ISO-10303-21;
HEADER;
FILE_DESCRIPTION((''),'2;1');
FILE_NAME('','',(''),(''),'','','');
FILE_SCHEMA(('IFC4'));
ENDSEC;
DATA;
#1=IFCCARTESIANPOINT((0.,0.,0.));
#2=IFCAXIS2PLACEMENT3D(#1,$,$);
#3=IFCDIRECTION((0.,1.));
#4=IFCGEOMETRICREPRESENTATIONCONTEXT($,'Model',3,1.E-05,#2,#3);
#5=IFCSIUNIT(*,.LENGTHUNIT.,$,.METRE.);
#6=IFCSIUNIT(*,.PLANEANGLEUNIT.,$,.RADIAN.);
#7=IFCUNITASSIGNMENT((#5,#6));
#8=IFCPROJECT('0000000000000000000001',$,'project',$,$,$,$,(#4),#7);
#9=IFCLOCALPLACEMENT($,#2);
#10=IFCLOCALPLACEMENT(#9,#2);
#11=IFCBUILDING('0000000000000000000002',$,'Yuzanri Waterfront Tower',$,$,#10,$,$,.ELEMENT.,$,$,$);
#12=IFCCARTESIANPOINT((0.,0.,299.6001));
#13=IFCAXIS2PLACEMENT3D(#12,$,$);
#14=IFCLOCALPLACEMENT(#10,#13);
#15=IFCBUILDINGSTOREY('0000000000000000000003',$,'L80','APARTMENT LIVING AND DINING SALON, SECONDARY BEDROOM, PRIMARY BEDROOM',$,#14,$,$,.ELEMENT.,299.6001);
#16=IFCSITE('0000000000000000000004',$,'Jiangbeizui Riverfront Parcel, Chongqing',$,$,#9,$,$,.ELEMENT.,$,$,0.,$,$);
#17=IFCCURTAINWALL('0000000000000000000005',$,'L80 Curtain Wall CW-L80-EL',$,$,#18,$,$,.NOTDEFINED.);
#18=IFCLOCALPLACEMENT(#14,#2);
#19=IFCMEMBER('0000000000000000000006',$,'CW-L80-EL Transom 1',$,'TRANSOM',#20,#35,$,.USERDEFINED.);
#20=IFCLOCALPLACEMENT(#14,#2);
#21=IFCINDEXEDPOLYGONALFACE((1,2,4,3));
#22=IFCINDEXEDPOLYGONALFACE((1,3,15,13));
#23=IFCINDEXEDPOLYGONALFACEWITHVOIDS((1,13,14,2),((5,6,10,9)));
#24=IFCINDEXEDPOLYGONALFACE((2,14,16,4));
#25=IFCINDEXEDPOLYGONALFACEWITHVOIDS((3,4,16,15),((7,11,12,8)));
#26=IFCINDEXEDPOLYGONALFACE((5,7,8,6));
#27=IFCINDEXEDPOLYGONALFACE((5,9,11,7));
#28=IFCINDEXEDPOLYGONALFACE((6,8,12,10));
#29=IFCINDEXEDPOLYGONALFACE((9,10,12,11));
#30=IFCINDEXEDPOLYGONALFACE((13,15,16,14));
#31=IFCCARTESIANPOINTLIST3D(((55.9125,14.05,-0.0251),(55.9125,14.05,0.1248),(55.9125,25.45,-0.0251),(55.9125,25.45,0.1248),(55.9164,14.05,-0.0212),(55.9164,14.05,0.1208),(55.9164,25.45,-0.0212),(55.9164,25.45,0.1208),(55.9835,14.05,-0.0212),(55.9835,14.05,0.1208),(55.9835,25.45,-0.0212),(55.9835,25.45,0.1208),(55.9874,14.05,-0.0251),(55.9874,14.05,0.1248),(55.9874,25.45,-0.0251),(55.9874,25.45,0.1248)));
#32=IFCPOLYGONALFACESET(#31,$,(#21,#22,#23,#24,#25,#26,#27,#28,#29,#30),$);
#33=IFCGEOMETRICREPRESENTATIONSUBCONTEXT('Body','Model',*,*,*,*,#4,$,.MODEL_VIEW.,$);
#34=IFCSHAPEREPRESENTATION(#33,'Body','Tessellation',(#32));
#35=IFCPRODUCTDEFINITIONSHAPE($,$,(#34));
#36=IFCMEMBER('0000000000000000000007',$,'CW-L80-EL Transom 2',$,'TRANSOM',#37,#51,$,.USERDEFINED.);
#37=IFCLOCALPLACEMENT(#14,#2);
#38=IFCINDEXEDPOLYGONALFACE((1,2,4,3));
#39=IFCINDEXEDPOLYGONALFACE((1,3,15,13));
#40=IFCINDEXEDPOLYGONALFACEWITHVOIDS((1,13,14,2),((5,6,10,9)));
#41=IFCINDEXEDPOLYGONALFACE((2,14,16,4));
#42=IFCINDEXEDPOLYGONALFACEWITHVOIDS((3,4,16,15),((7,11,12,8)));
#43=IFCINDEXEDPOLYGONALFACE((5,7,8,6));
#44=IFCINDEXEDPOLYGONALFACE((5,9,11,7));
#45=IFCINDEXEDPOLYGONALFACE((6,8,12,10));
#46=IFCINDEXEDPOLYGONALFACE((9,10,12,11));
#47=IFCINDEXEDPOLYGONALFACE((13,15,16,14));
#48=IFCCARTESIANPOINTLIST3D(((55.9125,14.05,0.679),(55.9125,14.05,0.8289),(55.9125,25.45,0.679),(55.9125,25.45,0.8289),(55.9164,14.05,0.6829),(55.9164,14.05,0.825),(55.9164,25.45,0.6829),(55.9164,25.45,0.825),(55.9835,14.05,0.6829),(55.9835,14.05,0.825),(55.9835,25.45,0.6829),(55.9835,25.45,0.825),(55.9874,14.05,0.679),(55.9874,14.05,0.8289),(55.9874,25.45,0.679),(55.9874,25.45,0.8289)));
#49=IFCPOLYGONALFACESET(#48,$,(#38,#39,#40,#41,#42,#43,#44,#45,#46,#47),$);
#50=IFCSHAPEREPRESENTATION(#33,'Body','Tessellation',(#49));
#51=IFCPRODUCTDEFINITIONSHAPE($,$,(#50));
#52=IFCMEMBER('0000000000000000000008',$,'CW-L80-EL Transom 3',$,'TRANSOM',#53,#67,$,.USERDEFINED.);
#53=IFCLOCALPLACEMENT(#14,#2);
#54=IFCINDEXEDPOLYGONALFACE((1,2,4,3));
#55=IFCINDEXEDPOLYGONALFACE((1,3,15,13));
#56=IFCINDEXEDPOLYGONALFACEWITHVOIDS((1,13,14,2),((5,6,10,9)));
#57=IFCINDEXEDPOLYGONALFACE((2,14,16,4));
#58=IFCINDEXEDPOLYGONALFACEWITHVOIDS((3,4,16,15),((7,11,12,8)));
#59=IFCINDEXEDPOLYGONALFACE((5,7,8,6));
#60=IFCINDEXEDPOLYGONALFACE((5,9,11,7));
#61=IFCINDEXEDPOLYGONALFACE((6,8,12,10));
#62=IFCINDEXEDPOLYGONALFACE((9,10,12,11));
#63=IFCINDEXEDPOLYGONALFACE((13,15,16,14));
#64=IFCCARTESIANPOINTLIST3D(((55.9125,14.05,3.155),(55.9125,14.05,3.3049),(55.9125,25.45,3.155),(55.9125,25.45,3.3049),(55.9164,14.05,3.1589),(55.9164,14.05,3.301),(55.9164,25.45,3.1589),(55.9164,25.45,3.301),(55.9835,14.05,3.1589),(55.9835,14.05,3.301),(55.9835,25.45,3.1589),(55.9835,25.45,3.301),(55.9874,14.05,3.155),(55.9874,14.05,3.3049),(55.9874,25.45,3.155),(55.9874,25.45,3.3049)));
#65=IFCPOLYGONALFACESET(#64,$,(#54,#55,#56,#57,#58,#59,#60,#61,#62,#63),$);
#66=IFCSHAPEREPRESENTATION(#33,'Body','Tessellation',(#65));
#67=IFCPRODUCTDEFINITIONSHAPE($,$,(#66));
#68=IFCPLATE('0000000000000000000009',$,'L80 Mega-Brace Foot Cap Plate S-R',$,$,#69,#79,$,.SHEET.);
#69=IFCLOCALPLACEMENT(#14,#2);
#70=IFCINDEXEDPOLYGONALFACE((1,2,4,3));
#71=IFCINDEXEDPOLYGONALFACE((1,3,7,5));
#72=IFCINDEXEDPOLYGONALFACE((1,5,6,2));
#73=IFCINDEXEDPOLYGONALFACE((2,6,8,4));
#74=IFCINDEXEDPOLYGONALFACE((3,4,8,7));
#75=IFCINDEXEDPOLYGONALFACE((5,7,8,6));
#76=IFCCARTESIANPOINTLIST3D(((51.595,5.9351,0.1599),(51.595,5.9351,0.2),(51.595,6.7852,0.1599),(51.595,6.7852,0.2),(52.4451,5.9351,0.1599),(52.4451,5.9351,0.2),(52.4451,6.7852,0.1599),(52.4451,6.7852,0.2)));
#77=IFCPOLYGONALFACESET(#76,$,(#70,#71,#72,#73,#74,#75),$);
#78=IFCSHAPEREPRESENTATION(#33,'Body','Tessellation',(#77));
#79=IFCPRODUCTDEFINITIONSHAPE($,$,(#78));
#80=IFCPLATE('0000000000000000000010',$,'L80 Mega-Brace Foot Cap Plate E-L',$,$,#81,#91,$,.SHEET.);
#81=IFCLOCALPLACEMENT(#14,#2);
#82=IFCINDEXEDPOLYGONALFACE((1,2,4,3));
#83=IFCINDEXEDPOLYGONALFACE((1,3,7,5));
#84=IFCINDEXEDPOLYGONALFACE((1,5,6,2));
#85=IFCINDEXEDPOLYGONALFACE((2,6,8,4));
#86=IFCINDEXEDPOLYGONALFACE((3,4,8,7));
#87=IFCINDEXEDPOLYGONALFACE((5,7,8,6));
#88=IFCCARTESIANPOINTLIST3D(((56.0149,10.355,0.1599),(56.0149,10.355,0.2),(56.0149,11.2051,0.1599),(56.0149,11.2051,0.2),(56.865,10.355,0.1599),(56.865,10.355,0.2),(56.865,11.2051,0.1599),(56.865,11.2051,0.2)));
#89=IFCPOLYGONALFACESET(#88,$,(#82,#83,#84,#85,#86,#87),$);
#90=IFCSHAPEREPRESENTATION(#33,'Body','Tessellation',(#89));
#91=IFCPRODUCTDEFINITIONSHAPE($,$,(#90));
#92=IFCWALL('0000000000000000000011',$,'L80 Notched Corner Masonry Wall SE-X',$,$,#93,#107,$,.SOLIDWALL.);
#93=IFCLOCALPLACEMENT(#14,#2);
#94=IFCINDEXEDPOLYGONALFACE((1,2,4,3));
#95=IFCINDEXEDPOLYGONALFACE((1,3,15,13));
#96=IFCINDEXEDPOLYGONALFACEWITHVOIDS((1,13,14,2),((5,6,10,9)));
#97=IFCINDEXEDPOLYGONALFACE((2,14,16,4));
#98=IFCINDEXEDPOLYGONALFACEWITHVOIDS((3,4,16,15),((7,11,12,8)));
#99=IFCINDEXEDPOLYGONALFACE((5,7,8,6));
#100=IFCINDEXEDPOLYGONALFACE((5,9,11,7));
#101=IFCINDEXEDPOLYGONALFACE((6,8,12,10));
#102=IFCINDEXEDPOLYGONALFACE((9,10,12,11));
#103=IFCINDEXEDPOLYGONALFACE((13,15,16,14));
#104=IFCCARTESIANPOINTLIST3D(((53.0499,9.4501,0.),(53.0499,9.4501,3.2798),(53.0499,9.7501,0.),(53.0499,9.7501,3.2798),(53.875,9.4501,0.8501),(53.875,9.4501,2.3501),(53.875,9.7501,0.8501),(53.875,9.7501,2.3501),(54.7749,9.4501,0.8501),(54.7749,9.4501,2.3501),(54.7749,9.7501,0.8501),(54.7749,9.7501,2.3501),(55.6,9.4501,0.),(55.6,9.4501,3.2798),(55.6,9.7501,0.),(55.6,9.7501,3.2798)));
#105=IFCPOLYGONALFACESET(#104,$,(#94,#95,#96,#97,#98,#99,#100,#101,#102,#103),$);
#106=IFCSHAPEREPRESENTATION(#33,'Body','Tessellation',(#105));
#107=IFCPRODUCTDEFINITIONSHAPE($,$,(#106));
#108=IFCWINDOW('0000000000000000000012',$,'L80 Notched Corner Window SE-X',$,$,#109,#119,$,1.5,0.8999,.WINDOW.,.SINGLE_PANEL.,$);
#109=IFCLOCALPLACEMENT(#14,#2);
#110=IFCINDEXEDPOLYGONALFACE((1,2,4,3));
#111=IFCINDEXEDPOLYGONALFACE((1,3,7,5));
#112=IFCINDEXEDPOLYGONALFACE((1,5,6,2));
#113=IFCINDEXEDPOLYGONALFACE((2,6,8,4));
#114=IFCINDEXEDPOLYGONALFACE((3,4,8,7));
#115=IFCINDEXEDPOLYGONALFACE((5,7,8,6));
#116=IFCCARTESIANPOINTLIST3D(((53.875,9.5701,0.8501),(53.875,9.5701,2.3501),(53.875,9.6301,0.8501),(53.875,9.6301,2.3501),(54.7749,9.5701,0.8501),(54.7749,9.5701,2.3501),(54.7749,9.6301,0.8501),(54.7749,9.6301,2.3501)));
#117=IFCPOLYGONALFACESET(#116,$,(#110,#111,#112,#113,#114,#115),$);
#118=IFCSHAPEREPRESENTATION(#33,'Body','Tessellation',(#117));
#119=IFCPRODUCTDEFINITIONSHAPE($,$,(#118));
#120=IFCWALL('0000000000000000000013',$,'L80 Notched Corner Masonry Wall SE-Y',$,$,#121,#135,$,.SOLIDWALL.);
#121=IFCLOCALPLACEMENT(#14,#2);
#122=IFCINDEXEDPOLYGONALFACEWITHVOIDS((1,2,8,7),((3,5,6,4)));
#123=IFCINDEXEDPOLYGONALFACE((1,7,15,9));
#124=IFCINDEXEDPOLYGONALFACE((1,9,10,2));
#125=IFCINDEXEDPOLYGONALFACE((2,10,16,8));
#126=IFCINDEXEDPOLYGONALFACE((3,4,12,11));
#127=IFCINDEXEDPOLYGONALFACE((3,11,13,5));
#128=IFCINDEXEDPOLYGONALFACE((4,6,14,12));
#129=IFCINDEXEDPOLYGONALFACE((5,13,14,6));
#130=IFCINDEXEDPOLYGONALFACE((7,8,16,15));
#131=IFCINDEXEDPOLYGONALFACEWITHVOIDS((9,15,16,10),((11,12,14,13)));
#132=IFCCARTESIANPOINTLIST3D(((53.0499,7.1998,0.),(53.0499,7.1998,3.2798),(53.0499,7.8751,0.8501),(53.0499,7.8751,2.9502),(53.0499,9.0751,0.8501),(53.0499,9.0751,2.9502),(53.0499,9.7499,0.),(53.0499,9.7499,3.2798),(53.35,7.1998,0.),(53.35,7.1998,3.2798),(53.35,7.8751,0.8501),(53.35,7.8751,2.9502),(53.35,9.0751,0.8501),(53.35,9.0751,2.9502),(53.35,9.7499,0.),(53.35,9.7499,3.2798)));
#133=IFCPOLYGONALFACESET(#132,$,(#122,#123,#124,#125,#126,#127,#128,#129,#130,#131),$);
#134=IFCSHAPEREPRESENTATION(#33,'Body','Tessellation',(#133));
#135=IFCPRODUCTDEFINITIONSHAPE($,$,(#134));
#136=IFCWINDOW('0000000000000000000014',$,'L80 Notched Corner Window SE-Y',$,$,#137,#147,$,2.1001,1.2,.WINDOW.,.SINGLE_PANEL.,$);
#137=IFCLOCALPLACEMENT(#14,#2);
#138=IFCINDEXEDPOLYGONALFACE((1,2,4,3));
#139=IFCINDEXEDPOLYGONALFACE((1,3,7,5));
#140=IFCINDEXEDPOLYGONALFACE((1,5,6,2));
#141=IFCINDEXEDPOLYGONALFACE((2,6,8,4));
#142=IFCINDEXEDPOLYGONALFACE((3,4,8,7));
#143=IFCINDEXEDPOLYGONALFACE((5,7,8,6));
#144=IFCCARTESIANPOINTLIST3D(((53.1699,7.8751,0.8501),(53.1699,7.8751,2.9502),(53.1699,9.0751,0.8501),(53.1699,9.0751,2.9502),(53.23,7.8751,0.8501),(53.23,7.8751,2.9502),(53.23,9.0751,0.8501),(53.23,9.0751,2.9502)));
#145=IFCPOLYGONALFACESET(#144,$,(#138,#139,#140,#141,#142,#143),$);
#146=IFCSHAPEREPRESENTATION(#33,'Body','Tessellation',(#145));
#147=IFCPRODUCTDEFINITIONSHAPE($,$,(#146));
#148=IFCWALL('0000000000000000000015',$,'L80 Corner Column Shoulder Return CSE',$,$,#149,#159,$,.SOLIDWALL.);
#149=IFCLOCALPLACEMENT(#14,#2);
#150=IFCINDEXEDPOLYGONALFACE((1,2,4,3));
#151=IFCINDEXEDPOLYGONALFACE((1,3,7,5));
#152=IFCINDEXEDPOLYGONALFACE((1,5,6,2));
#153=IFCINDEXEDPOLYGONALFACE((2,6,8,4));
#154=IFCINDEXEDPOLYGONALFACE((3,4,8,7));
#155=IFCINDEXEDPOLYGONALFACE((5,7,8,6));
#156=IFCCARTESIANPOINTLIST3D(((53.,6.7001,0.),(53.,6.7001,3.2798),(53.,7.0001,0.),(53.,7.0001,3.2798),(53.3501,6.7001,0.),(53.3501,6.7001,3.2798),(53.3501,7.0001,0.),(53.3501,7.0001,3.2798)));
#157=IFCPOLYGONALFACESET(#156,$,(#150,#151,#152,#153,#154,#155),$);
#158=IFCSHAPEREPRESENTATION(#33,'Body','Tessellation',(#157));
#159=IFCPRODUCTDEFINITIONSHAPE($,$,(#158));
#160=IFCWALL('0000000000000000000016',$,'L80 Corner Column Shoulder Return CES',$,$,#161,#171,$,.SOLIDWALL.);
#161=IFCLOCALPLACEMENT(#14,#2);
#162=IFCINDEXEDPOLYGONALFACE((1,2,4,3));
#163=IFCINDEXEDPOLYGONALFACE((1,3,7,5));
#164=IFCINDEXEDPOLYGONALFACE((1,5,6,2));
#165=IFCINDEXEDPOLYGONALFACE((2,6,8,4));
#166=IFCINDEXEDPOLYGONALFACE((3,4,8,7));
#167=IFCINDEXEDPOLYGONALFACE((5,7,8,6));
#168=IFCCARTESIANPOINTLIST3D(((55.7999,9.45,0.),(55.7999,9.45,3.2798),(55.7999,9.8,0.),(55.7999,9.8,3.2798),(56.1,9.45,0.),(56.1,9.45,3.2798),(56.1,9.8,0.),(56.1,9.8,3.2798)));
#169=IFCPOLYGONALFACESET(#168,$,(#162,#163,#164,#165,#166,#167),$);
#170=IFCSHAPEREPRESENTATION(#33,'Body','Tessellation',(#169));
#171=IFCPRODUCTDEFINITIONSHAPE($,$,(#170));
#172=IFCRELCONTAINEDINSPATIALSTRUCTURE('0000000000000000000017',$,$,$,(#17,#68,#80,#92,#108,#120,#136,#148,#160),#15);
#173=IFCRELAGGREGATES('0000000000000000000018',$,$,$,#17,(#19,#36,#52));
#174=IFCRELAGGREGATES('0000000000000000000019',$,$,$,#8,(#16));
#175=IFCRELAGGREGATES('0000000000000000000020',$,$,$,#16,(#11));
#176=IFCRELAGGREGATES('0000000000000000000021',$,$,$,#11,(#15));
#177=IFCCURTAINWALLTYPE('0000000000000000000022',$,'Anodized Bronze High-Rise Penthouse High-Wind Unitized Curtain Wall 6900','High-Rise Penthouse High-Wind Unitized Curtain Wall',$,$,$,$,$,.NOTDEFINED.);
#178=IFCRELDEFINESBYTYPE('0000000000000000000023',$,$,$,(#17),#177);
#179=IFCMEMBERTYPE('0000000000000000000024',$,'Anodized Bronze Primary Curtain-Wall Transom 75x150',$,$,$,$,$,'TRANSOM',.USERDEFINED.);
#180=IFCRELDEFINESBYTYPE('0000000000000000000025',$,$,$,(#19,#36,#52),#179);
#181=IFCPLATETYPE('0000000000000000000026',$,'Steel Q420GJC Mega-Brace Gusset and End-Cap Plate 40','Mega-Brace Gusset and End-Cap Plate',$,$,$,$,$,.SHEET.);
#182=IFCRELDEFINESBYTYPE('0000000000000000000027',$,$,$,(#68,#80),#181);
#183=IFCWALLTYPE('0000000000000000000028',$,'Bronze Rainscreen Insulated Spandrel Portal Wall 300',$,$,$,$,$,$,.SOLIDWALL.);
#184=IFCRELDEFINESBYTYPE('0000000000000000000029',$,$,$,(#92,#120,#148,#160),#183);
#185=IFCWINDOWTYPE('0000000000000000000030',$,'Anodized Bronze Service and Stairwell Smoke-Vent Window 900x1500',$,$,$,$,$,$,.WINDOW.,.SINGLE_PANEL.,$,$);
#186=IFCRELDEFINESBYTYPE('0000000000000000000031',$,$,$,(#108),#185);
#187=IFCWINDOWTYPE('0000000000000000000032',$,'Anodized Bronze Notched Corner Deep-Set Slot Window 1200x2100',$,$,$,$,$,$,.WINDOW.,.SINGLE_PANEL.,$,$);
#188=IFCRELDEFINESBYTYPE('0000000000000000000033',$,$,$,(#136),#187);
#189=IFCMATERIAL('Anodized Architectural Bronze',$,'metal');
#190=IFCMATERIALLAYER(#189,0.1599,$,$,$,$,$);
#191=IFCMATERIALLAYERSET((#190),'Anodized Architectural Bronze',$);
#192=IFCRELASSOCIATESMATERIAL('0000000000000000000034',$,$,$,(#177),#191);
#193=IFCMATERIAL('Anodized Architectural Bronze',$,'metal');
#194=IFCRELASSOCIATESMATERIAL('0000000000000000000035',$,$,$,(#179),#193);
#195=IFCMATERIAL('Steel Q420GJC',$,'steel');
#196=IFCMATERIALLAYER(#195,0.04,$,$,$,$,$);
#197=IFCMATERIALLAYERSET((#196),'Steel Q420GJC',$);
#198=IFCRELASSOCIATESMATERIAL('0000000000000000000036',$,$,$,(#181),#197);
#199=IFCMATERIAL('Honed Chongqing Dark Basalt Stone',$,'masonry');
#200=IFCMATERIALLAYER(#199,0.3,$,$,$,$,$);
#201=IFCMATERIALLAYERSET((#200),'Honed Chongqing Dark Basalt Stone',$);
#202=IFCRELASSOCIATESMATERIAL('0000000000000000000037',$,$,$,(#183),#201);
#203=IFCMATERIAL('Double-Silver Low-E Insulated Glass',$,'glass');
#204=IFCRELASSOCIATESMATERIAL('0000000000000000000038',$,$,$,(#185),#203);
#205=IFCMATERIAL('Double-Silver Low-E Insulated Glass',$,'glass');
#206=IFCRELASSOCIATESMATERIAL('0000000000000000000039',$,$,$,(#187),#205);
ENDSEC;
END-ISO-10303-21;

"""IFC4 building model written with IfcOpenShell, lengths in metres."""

from ifc_helpers import new_model, si_unit, direction, frame, frame_2d, origin, origin_2d, place, context, subcontext, project, spatial, rectangle, hollow_rectangle, extrude, source, transform, mapped, material, layer, layer_set, material_profile, profile_set, type_object, element, fill, aggregate, save


model = new_model("IFC4")

# Units and contexts
model_context = context("Model", 3, precision=1e-05, world=origin(), true_north=direction((0.0, 1.0)))
body_context = subcontext(model_context, "Body", "Model", "MODEL_VIEW")
ifc_project = project(units=[si_unit("LENGTHUNIT", "METRE"), si_unit("PLANEANGLEUNIT", "RADIAN")], contexts=[model_context])

# Site, building, storey
site_placement = place(None, origin())
site = spatial("IfcSite", under=ifc_project, at=site_placement, Name="Jiangbeizui Riverfront Parcel, Chongqing", CompositionType="ELEMENT", RefElevation=0.0)
building_placement = place(site_placement, origin())
building = spatial("IfcBuilding", under=site, at=building_placement, Name="Yuzanri Waterfront Tower", CompositionType="ELEMENT")
storey_placement = place(building_placement, frame((0.0, 0.0, 299.6001)))
storey = spatial("IfcBuildingStorey", under=building, at=storey_placement, Name="L80", Description="APARTMENT LIVING AND DINING SALON, SECONDARY BEDROOM, PRIMARY BEDROOM", CompositionType="ELEMENT", Elevation=299.6001)

# Curtain wall
ifc_material_1 = material(Name="Anodized Architectural Bronze", Category="metal")
ifc_layer_1 = layer(ifc_material_1, 0.1599)
ifc_layer_set_1 = layer_set([ifc_layer_1], Name="Anodized Architectural Bronze")
curtain_wall_type = type_object("IfcCurtainWallType", Name="Anodized Bronze High-Rise Penthouse High-Wind Unitized Curtain Wall 6900", Description="High-Rise Penthouse High-Wind Unitized Curtain Wall", PredefinedType="NOTDEFINED", material=ifc_layer_set_1)
curtain_wall_1_placement = place(storey_placement, origin())
curtain_wall_1 = element("IfcCurtainWall", 1, at=curtain_wall_1_placement, inside=storey, type_object=curtain_wall_type, Name="L80 Curtain Wall CW-L80-EL", PredefinedType="NOTDEFINED")

# Members
ifc_material_2 = material(Name="Anodized Architectural Bronze", Category="metal")
ifc_material_profile_1 = material_profile(ifc_material_2, hollow_rectangle(XDim=0.075, YDim=0.1499, WallThickness=0.0039, at=origin_2d()), Name="CWT 75x150")
ifc_profile_set_1 = profile_set([ifc_material_profile_1], Name="Anodized Architectural Bronze")
member_type_1 = type_object("IfcMemberType", Name="Anodized Bronze Primary Curtain-Wall Transom 75x150", ElementType="TRANSOM", PredefinedType="USERDEFINED", material=ifc_profile_set_1)
shared_shape_1 = source(origin(), body_context, "Body", "SweptSolid", [
    extrude(hollow_rectangle(XDim=0.075, YDim=0.1499, WallThickness=0.0039, at=origin_2d()), origin(), (0.0, 0.0, 1.0), 11.3999),
])
member_1_placement = place(storey_placement, frame((55.95, 14.05, 0.0498), z_axis=(0.0, 1.0, 0.0), x_axis=(-1.0, 0.0, 0.0)))
member_1 = element("IfcMember", 2, at=member_1_placement, type_object=member_type_1, Name="CW-L80-EL Transom 1", ObjectType="TRANSOM", PredefinedType="USERDEFINED", context=body_context, shape_type="MappedRepresentation", body=[
    mapped(shared_shape_1, transform((0.0, 0.0, 0.0), scale=1.0)),
])
member_2_placement = place(storey_placement, frame((55.95, 14.05, 0.7539), z_axis=(0.0, 1.0, 0.0), x_axis=(-1.0, 0.0, 0.0)))
member_2 = element("IfcMember", 3, at=member_2_placement, type_object=member_type_1, Name="CW-L80-EL Transom 2", ObjectType="TRANSOM", PredefinedType="USERDEFINED", context=body_context, shape_type="MappedRepresentation", body=[
    mapped(shared_shape_1, transform((0.0, 0.0, 0.0), scale=1.0)),
])
member_3_placement = place(storey_placement, frame((55.95, 14.05, 3.23), z_axis=(0.0, 1.0, 0.0), x_axis=(-1.0, 0.0, 0.0)))
member_3 = element("IfcMember", 4, at=member_3_placement, type_object=member_type_1, Name="CW-L80-EL Transom 3", ObjectType="TRANSOM", PredefinedType="USERDEFINED", context=body_context, shape_type="MappedRepresentation", body=[
    mapped(shared_shape_1, transform((0.0, 0.0, 0.0), scale=1.0)),
])
aggregate(curtain_wall_1, [member_1, member_2, member_3])

# Plates
ifc_material_3 = material(Name="Steel Q420GJC", Category="steel")
ifc_layer_2 = layer(ifc_material_3, 0.04)
ifc_layer_set_2 = layer_set([ifc_layer_2], Name="Steel Q420GJC")
plate_type = type_object("IfcPlateType", Name="Steel Q420GJC Mega-Brace Gusset and End-Cap Plate 40", Description="Mega-Brace Gusset and End-Cap Plate", PredefinedType="SHEET", material=ifc_layer_set_2)
shared_shape_2 = source(origin(), body_context, "Body", "SweptSolid", [
    extrude(rectangle(XDim=0.8501, YDim=0.8501, at=origin_2d()), origin(), (0.0, 0.0, 1.0), 0.04),
])
for number, where, z_axis, x_axis, name in (
    (5, (52.02, 6.3601, 0.1599), (0.0, 0.0, 1.0), (1.0, 0.0, 0.0), "L80 Mega-Brace Foot Cap Plate S-R"),
    (6, (56.4399, 10.78, 0.1599), (0.0, 0.0, 1.0), (1.0, 0.0, 0.0), "L80 Mega-Brace Foot Cap Plate E-L"),
):
    element("IfcPlate", number, at=place(storey_placement, frame(where, z_axis=z_axis, x_axis=x_axis)), inside=storey, type_object=plate_type, Name=name, PredefinedType="SHEET", context=body_context, shape_type="MappedRepresentation", body=[
        mapped(shared_shape_2, transform((0.0, 0.0, 0.0), scale=1.0)),
    ])

# Walls, openings, windows
ifc_material_4 = material(Name="Honed Chongqing Dark Basalt Stone", Category="masonry")
ifc_layer_3 = layer(ifc_material_4, 0.3)
ifc_layer_set_3 = layer_set([ifc_layer_3], Name="Honed Chongqing Dark Basalt Stone")
wall_type_1 = type_object("IfcWallType", Name="Bronze Rainscreen Insulated Spandrel Portal Wall 300", PredefinedType="SOLIDWALL", material=ifc_layer_set_3)
wall_1_placement = place(storey_placement, frame((53.05, 9.6001, 0.0), z_axis=(0.0, 0.0, 1.0), x_axis=(1.0, 0.0, 0.0)))
wall_1 = element("IfcWall", 7, at=wall_1_placement, inside=storey, type_object=wall_type_1, Name="L80 Notched Corner Masonry Wall SE-X", PredefinedType="SOLIDWALL", context=body_context, shape_type="SweptSolid", body=[
    extrude(rectangle(XDim=2.55, YDim=0.3, at=frame_2d((1.2749, 0.0))), origin(), (0.0, 0.0, 1.0), 3.2798),
])
opening_1_placement = place(wall_1_placement, frame((0.825, 0.0, 0.8501)))
opening_1 = element("IfcOpeningElement", 8, at=opening_1_placement, cuts=wall_1, PredefinedType="OPENING", context=body_context, shape_type="SweptSolid", body=[
    extrude(rectangle(XDim=0.8999, YDim=1.5, at=frame_2d((0.45, 0.75))), frame((0.0, 0.165, 0.0), z_axis=(0.0, -1.0, 0.0), x_axis=(1.0, 0.0, 0.0)), (0.0, 0.0, 1.0), 0.3298),
])
ifc_material_5 = material(Name="Double-Silver Low-E Insulated Glass", Category="glass")
window_type_1 = type_object("IfcWindowType", Name="Anodized Bronze Service and Stairwell Smoke-Vent Window 900x1500", PartitioningType="SINGLE_PANEL", PredefinedType="WINDOW", material=ifc_material_5)
shared_shape_3 = source(origin(), body_context, "Body", "SweptSolid", [
    extrude(rectangle(XDim=0.8999, YDim=1.5, at=frame_2d((0.45, 0.75))), frame((0.0, 0.03, 0.0), z_axis=(0.0, -1.0, 0.0), x_axis=(1.0, 0.0, 0.0)), (0.0, 0.0, 1.0), 0.0601),
])
window_1_placement = place(opening_1_placement, origin())
window_1 = element("IfcWindow", 9, at=window_1_placement, inside=storey, type_object=window_type_1, Name="L80 Notched Corner Window SE-X", OverallHeight=1.5, OverallWidth=0.8999, PartitioningType="SINGLE_PANEL", PredefinedType="WINDOW", context=body_context, shape_type="MappedRepresentation", body=[
    mapped(shared_shape_3, transform((0.0, 0.0, 0.0), scale=1.0)),
])
fill(opening_1, window_1)
wall_2_placement = place(storey_placement, frame((53.2, 7.2, 0.0), z_axis=(0.0, 0.0, 1.0), x_axis=(0.0, 1.0, 0.0)))
wall_2 = element("IfcWall", 10, at=wall_2_placement, inside=storey, type_object=wall_type_1, Name="L80 Notched Corner Masonry Wall SE-Y", PredefinedType="SOLIDWALL", context=body_context, shape_type="SweptSolid", body=[
    extrude(rectangle(XDim=2.55, YDim=0.3, at=frame_2d((1.2749, 0.0))), origin(), (0.0, 0.0, 1.0), 3.2798),
])
opening_2_placement = place(wall_2_placement, frame((0.675, 0.0, 0.8501)))
opening_2 = element("IfcOpeningElement", 11, at=opening_2_placement, cuts=wall_2, PredefinedType="OPENING", context=body_context, shape_type="SweptSolid", body=[
    extrude(rectangle(XDim=1.2, YDim=2.1001, at=frame_2d((0.6001, 1.05))), frame((0.0, 0.165, 0.0), z_axis=(0.0, -1.0, 0.0), x_axis=(1.0, 0.0, 0.0)), (0.0, 0.0, 1.0), 0.3298),
])
ifc_material_6 = material(Name="Double-Silver Low-E Insulated Glass", Category="glass")
window_type_2 = type_object("IfcWindowType", Name="Anodized Bronze Notched Corner Deep-Set Slot Window 1200x2100", PartitioningType="SINGLE_PANEL", PredefinedType="WINDOW", material=ifc_material_6)
shared_shape_4 = source(origin(), body_context, "Body", "SweptSolid", [
    extrude(rectangle(XDim=1.2, YDim=2.1001, at=frame_2d((0.6001, 1.05))), frame((0.0, 0.03, 0.0), z_axis=(0.0, -1.0, 0.0), x_axis=(1.0, 0.0, 0.0)), (0.0, 0.0, 1.0), 0.0601),
])
window_2_placement = place(opening_2_placement, origin())
window_2 = element("IfcWindow", 12, at=window_2_placement, inside=storey, type_object=window_type_2, Name="L80 Notched Corner Window SE-Y", OverallHeight=2.1001, OverallWidth=1.2, PartitioningType="SINGLE_PANEL", PredefinedType="WINDOW", context=body_context, shape_type="MappedRepresentation", body=[
    mapped(shared_shape_4, transform((0.0, 0.0, 0.0), scale=1.0)),
])
fill(opening_2, window_2)

# Walls
shared_shape_5 = source(origin(), body_context, "Body", "SweptSolid", [
    extrude(rectangle(XDim=0.3501, YDim=0.3, at=frame_2d((0.175, 0.0))), origin(), (0.0, 0.0, 1.0), 3.2798),
])
for number, where, z_axis, x_axis, name in (
    (13, (53.0, 6.8501, 0.0), (0.0, 0.0, 1.0), (1.0, 0.0, 0.0), "L80 Corner Column Shoulder Return CSE"),
    (14, (55.95, 9.45, 0.0), (0.0, 0.0, 1.0), (0.0, 1.0, 0.0), "L80 Corner Column Shoulder Return CES"),
):
    element("IfcWall", number, at=place(storey_placement, frame(where, z_axis=z_axis, x_axis=x_axis)), inside=storey, type_object=wall_type_1, Name=name, PredefinedType="SOLIDWALL", context=body_context, shape_type="MappedRepresentation", body=[
        mapped(shared_shape_5, transform((0.0, 0.0, 0.0), scale=1.0)),
    ])

save(model, "model.ifc")
